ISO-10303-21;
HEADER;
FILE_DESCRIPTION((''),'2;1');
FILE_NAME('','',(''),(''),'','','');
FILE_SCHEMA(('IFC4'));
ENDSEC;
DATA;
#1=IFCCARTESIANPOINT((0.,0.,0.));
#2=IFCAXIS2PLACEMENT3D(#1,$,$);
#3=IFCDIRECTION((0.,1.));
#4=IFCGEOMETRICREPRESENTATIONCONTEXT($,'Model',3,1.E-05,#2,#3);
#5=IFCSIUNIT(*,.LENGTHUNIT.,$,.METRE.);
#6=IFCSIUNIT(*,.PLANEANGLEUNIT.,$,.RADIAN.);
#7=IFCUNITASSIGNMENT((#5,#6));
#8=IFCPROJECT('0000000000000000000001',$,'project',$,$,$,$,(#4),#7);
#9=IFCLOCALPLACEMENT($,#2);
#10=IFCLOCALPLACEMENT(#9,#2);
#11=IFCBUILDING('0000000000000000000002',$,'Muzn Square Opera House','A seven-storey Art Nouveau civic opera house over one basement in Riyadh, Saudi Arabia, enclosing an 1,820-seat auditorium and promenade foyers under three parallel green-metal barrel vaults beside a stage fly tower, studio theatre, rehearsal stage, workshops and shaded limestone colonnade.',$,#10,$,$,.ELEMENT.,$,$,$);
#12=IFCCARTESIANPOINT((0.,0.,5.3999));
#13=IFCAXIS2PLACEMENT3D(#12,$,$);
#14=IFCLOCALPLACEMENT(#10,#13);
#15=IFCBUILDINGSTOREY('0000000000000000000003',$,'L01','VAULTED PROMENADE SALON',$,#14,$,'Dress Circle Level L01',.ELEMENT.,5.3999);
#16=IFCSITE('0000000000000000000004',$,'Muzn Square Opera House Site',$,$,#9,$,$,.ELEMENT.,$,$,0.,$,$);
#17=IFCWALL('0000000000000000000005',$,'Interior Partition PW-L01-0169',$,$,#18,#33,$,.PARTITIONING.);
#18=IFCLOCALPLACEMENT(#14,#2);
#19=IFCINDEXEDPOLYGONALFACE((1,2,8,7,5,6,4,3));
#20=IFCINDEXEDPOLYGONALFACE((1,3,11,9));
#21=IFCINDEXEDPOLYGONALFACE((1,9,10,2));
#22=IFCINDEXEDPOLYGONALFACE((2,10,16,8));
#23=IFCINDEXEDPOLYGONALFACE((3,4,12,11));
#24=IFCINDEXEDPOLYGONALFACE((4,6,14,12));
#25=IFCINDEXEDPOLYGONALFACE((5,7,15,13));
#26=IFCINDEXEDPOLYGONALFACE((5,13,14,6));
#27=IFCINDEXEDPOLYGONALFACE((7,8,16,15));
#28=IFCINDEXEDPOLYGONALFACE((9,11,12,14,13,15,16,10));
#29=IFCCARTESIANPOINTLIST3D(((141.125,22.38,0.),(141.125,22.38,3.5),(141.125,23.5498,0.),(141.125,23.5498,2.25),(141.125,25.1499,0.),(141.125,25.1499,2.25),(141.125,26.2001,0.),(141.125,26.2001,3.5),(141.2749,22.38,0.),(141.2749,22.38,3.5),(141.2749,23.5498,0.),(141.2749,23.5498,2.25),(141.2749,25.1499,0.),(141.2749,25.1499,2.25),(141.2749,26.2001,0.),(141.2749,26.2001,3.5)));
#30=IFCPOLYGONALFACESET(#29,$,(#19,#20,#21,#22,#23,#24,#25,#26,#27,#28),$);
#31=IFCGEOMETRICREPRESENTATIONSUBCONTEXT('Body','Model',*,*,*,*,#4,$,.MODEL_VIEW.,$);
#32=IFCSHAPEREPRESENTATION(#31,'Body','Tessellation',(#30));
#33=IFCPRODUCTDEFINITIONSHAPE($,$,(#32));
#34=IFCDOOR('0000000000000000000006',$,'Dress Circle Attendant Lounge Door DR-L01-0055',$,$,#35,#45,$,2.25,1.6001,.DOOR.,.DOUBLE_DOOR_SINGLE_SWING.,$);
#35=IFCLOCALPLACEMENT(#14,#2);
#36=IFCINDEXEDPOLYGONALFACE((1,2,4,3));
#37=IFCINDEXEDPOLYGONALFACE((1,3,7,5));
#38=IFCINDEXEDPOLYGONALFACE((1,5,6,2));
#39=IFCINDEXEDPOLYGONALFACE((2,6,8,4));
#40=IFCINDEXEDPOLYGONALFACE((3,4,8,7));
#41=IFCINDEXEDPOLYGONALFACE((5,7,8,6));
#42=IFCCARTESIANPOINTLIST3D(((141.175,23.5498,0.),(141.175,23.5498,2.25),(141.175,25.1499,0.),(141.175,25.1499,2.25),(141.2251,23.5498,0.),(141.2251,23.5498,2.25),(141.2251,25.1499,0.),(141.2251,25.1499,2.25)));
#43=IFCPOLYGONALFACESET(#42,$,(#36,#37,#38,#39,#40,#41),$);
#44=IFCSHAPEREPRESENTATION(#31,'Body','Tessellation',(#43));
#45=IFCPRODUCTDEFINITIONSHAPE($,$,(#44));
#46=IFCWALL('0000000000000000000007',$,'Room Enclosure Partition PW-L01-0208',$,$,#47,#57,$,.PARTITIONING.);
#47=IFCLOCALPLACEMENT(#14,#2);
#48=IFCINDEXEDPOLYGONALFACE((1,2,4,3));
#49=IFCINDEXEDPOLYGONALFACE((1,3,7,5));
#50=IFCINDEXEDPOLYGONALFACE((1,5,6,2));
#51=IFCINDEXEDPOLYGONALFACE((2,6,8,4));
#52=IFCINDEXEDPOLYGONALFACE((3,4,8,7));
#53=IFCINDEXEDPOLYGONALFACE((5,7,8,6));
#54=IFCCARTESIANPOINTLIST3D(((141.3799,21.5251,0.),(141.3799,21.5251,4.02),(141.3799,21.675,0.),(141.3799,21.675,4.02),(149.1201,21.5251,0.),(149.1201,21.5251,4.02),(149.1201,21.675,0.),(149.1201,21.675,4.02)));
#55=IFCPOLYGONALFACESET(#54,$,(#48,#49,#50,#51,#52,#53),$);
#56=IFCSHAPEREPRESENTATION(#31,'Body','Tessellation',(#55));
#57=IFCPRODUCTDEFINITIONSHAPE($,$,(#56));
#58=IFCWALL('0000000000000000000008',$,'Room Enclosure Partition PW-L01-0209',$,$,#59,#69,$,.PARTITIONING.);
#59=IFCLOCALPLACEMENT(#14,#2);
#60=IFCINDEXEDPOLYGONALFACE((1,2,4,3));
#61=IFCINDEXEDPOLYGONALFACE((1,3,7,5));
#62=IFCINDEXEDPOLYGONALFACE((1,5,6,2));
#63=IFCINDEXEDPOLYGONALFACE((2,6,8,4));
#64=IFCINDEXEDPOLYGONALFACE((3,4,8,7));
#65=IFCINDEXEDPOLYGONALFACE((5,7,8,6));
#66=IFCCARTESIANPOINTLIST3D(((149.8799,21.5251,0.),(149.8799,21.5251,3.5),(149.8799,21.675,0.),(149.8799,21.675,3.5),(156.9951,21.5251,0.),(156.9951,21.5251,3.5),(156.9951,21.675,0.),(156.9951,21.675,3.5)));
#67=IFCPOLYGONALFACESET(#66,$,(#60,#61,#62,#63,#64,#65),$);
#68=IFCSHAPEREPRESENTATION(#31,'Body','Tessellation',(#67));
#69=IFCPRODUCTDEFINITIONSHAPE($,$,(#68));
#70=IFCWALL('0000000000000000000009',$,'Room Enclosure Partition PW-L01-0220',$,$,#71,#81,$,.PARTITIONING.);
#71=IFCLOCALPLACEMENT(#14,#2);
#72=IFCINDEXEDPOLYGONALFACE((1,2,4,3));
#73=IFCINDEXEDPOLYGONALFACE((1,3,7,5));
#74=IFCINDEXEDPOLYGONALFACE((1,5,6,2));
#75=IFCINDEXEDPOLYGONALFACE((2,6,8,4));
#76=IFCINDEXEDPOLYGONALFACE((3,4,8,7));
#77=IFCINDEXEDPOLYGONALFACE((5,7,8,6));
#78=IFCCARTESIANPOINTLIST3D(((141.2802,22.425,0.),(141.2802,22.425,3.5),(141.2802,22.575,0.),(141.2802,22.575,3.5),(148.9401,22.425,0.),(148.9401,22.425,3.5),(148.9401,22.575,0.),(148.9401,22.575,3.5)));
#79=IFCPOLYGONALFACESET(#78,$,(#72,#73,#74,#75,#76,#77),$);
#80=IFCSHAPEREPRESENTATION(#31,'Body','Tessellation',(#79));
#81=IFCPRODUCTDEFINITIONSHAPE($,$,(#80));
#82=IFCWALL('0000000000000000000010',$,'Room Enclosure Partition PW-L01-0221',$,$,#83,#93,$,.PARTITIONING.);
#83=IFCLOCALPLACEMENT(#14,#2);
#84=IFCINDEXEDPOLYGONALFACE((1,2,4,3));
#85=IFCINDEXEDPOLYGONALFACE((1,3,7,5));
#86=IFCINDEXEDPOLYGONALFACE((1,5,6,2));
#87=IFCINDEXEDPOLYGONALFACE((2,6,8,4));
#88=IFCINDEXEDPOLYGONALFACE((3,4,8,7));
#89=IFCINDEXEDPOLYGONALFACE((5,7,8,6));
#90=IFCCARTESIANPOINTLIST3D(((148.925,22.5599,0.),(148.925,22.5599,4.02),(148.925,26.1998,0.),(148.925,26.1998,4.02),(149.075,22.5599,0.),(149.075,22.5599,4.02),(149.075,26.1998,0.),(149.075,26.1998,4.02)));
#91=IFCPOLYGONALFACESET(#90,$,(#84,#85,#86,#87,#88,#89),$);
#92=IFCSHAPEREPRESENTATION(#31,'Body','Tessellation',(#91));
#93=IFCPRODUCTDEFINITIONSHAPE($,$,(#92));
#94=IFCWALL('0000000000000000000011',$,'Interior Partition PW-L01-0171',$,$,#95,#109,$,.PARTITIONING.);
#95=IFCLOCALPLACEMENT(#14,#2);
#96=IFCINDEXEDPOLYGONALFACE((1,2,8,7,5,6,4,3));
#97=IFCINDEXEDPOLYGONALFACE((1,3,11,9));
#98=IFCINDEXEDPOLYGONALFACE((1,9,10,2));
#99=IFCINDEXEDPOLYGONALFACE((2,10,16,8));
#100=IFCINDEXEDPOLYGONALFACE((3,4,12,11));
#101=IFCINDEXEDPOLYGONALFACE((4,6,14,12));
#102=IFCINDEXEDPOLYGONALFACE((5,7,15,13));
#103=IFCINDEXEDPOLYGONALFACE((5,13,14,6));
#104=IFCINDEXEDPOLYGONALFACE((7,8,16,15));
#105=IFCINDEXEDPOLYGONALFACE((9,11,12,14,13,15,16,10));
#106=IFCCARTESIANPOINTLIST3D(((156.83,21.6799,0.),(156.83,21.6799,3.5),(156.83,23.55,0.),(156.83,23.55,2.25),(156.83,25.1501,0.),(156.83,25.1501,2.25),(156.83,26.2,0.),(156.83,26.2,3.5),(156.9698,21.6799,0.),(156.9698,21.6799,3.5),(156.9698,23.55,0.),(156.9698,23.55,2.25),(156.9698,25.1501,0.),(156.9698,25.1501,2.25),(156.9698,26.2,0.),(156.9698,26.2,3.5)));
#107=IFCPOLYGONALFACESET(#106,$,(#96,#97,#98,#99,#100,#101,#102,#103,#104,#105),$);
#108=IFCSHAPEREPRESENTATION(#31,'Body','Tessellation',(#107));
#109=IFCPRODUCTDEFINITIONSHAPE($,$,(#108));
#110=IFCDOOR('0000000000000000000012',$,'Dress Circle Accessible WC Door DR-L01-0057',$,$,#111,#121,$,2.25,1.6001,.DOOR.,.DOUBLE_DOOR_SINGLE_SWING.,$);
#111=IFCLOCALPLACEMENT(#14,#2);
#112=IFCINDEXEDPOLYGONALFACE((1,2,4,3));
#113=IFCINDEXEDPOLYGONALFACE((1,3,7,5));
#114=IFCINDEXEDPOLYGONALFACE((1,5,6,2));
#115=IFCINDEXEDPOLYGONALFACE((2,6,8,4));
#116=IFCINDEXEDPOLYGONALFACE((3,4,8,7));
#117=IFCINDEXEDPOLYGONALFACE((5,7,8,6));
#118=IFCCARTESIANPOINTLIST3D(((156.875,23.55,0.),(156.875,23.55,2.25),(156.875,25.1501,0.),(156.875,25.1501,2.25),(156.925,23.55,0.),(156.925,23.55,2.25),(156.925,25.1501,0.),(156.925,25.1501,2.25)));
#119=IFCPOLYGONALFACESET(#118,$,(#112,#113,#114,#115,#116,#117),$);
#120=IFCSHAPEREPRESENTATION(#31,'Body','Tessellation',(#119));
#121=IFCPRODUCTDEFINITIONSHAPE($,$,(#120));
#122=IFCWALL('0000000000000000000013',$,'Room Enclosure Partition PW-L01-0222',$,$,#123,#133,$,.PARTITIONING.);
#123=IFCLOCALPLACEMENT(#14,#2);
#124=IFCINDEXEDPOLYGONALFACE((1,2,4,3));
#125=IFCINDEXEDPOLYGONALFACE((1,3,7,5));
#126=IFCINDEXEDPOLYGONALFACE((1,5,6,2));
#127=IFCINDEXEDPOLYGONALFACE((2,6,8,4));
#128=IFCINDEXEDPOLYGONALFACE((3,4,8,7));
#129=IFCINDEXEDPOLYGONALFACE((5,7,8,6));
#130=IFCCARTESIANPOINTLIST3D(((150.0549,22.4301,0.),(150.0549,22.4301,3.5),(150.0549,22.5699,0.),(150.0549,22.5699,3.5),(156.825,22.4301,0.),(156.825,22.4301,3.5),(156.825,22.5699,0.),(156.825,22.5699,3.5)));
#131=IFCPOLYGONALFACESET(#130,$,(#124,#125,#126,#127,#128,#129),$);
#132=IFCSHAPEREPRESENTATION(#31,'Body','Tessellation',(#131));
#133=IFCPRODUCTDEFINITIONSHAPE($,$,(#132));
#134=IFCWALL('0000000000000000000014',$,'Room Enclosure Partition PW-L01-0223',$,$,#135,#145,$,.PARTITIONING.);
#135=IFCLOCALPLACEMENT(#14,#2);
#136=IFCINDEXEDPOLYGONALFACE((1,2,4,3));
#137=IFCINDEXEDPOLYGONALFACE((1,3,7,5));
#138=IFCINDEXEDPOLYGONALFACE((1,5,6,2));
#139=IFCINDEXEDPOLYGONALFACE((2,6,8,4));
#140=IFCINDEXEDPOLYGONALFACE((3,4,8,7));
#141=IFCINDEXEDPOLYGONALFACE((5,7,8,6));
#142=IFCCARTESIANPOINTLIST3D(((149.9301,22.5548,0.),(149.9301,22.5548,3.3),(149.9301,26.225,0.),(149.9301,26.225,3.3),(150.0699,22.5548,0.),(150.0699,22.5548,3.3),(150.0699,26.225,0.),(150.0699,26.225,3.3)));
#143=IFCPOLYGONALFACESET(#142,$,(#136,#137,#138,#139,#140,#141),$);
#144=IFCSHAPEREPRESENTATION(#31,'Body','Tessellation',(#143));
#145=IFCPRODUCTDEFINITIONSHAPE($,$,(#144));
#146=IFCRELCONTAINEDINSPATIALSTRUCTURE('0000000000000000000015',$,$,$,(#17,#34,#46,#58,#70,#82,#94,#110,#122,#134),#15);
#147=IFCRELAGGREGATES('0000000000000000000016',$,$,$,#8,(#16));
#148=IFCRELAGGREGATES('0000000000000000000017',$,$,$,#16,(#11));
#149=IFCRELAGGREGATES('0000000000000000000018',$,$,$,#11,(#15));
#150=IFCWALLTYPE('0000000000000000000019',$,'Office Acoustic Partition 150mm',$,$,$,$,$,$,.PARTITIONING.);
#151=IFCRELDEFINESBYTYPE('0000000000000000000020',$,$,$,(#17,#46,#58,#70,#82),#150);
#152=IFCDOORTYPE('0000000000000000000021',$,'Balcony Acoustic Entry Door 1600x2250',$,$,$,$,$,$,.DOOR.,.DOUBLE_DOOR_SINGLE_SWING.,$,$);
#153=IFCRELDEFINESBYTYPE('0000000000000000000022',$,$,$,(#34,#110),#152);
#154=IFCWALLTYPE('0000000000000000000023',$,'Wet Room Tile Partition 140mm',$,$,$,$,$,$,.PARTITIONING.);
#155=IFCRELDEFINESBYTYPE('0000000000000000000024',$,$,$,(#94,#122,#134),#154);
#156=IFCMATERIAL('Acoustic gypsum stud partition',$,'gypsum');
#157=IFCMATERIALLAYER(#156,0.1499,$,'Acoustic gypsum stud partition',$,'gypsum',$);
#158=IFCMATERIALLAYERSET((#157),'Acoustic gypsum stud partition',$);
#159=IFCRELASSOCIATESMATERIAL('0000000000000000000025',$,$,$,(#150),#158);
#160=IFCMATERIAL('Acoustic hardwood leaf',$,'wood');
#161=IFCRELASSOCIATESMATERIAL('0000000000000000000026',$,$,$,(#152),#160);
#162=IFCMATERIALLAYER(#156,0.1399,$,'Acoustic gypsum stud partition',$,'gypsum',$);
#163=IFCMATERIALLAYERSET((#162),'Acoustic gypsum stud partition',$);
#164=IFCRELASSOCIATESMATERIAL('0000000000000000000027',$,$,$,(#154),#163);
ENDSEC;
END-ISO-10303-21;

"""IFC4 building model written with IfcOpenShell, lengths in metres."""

from ifc_helpers import new_model, si_unit, direction, frame, frame_2d, origin, place, context, subcontext, project, spatial, rectangle, extrude, material, layer, layer_set, type_object, element, fill, save


model = new_model("IFC4")

# Units and contexts
model_context = context("Model", 3, precision=1e-05, world=origin(), true_north=direction((0.0, 1.0)))
body_context = subcontext(model_context, "Body", "Model", "MODEL_VIEW")
ifc_project = project(units=[si_unit("LENGTHUNIT", "METRE"), si_unit("PLANEANGLEUNIT", "RADIAN")], contexts=[model_context])

# Site, building, storey
site_placement = place(None, origin())
site = spatial("IfcSite", under=ifc_project, at=site_placement, Name="Muzn Square Opera House Site", CompositionType="ELEMENT", RefElevation=0.0)
building_placement = place(site_placement, origin())
building = spatial("IfcBuilding", under=site, at=building_placement, Name="Muzn Square Opera House", Description="A seven-storey Art Nouveau civic opera house over one basement in Riyadh, Saudi Arabia, enclosing an 1,820-seat auditorium and promenade foyers under three parallel green-metal barrel vaults beside a stage fly tower, studio theatre, rehearsal stage, workshops and shaded limestone colonnade.", CompositionType="ELEMENT")
storey_placement = place(building_placement, frame((0.0, 0.0, 5.3999)))
storey = spatial("IfcBuildingStorey", under=building, at=storey_placement, Name="L01", Description="VAULTED PROMENADE SALON", LongName="Dress Circle Level L01", CompositionType="ELEMENT", Elevation=5.3999)

# Wall, opening, door
ifc_material_1 = material(Name="Acoustic gypsum stud partition", Category="gypsum")
ifc_layer_1 = layer(ifc_material_1, 0.1499, Name="Acoustic gypsum stud partition", Category="gypsum")
ifc_layer_set_1 = layer_set([ifc_layer_1], Name="Acoustic gypsum stud partition")
wall_type_1 = type_object("IfcWallType", Name="Office Acoustic Partition 150mm", PredefinedType="PARTITIONING", material=ifc_layer_set_1)
ifc_material_2 = material(Name="Acoustic hardwood leaf", Category="wood")
wall_1_placement = place(storey_placement, frame((141.2, 22.3799, 0.0), z_axis=(0.0, 0.0, 1.0), x_axis=(0.0, 1.0, 0.0)))
wall_1 = element("IfcWall", 1, at=wall_1_placement, inside=storey, type_object=wall_type_1, Name="Interior Partition PW-L01-0169", PredefinedType="PARTITIONING", context=body_context, shape_type="SweptSolid", body=[
    extrude(rectangle(XDim=3.8201, YDim=0.1499, at=frame_2d((1.9102, 0.0))), origin(), (0.0, 0.0, 1.0), 3.5),
])
opening_1_placement = place(wall_1_placement, frame((1.1699, 0.0, 0.0)))
opening_1 = element("IfcOpeningElement", 2, at=opening_1_placement, cuts=wall_1, PredefinedType="OPENING", context=body_context, shape_type="SweptSolid", body=[
    extrude(rectangle(XDim=1.6001, YDim=2.25, at=frame_2d((0.8, 1.125))), frame((0.0, 0.085, 0.0), z_axis=(0.0, -1.0, 0.0), x_axis=(1.0, 0.0, 0.0)), (0.0, 0.0, 1.0), 0.1699),
])
door_type_1 = type_object("IfcDoorType", Name="Balcony Acoustic Entry Door 1600x2250", OperationType="DOUBLE_DOOR_SINGLE_SWING", PredefinedType="DOOR", material=ifc_material_2)
door_1_placement = place(opening_1_placement, origin())
door_1 = element("IfcDoor", 3, at=door_1_placement, inside=storey, type_object=door_type_1, Name="Dress Circle Attendant Lounge Door DR-L01-0055", OperationType="DOUBLE_DOOR_SINGLE_SWING", OverallHeight=2.25, OverallWidth=1.6001, PredefinedType="DOOR", context=body_context, shape_type="SweptSolid", body=[
    extrude(rectangle(XDim=1.6001, YDim=2.25, at=frame_2d((0.8, 1.125))), frame((0.0, 0.0249, 0.0), z_axis=(0.0, -1.0, 0.0), x_axis=(1.0, 0.0, 0.0)), (0.0, 0.0, 1.0), 0.05),
])
fill(opening_1, door_1)

# Walls
wall_2_placement = place(storey_placement, frame((141.3799, 21.6001, 0.0), z_axis=(0.0, 0.0, 1.0), x_axis=(1.0, 0.0, 0.0)))
element("IfcWall", 4, at=wall_2_placement, inside=storey, type_object=wall_type_1, Name="Room Enclosure Partition PW-L01-0208", PredefinedType="PARTITIONING", context=body_context, shape_type="SweptSolid", body=[
    extrude(rectangle(XDim=7.7402, YDim=0.1499, at=frame_2d((3.8701, 0.0))), origin(), (0.0, 0.0, 1.0), 4.02),
])
wall_3_placement = place(storey_placement, frame((149.8799, 21.6001, 0.0), z_axis=(0.0, 0.0, 1.0), x_axis=(1.0, 0.0, 0.0)))
element("IfcWall", 5, at=wall_3_placement, inside=storey, type_object=wall_type_1, Name="Room Enclosure Partition PW-L01-0209", PredefinedType="PARTITIONING", context=body_context, shape_type="SweptSolid", body=[
    extrude(rectangle(XDim=7.1152, YDim=0.1499, at=frame_2d((3.5576, 0.0))), origin(), (0.0, 0.0, 1.0), 3.5),
])
wall_4_placement = place(storey_placement, frame((141.28, 22.5, 0.0), z_axis=(0.0, 0.0, 1.0), x_axis=(1.0, 0.0, 0.0)))
element("IfcWall", 6, at=wall_4_placement, inside=storey, type_object=wall_type_1, Name="Room Enclosure Partition PW-L01-0220", PredefinedType="PARTITIONING", context=body_context, shape_type="SweptSolid", body=[
    extrude(rectangle(XDim=7.6599, YDim=0.1499, at=frame_2d((3.8301, 0.0))), origin(), (0.0, 0.0, 1.0), 3.5),
])
wall_5_placement = place(storey_placement, frame((149.0, 22.5601, 0.0), z_axis=(0.0, 0.0, 1.0), x_axis=(0.0, 1.0, 0.0)))
element("IfcWall", 7, at=wall_5_placement, inside=storey, type_object=wall_type_1, Name="Room Enclosure Partition PW-L01-0221", PredefinedType="PARTITIONING", context=body_context, shape_type="SweptSolid", body=[
    extrude(rectangle(XDim=3.6399, YDim=0.1499, at=frame_2d((1.8198, 0.0))), origin(), (0.0, 0.0, 1.0), 4.02),
])

# Wall, opening, door
ifc_layer_2 = layer(ifc_material_1, 0.1399, Name="Acoustic gypsum stud partition", Category="gypsum")
ifc_layer_set_2 = layer_set([ifc_layer_2], Name="Acoustic gypsum stud partition")
wall_type_2 = type_object("IfcWallType", Name="Wet Room Tile Partition 140mm", PredefinedType="PARTITIONING", material=ifc_layer_set_2)
wall_6_placement = place(storey_placement, frame((156.8999, 21.6799, 0.0), z_axis=(0.0, 0.0, 1.0), x_axis=(0.0, 1.0, 0.0)))
wall_6 = element("IfcWall", 8, at=wall_6_placement, inside=storey, type_object=wall_type_2, Name="Interior Partition PW-L01-0171", PredefinedType="PARTITIONING", context=body_context, shape_type="SweptSolid", body=[
    extrude(rectangle(XDim=4.52, YDim=0.1399, at=frame_2d((2.26, 0.0))), origin(), (0.0, 0.0, 1.0), 3.5),
])
opening_2_placement = place(wall_6_placement, frame((1.8701, 0.0, 0.0)))
opening_2 = element("IfcOpeningElement", 9, at=opening_2_placement, cuts=wall_6, PredefinedType="OPENING", context=body_context, shape_type="SweptSolid", body=[
    extrude(rectangle(XDim=1.6001, YDim=2.25, at=frame_2d((0.8, 1.125))), frame((0.0, 0.0798, 0.0), z_axis=(0.0, -1.0, 0.0), x_axis=(1.0, 0.0, 0.0)), (0.0, 0.0, 1.0), 0.1599),
])
door_2_placement = place(opening_2_placement, origin())
door_2 = element("IfcDoor", 10, at=door_2_placement, inside=storey, type_object=door_type_1, Name="Dress Circle Accessible WC Door DR-L01-0057", OperationType="DOUBLE_DOOR_SINGLE_SWING", OverallHeight=2.25, OverallWidth=1.6001, PredefinedType="DOOR", context=body_context, shape_type="SweptSolid", body=[
    extrude(rectangle(XDim=1.6001, YDim=2.25, at=frame_2d((0.8, 1.125))), frame((0.0, 0.0249, 0.0), z_axis=(0.0, -1.0, 0.0), x_axis=(1.0, 0.0, 0.0)), (0.0, 0.0, 1.0), 0.05),
])
fill(opening_2, door_2)

# Walls
wall_7_placement = place(storey_placement, frame((150.0549, 22.5, 0.0), z_axis=(0.0, 0.0, 1.0), x_axis=(1.0, 0.0, 0.0)))
element("IfcWall", 11, at=wall_7_placement, inside=storey, type_object=wall_type_2, Name="Room Enclosure Partition PW-L01-0222", PredefinedType="PARTITIONING", context=body_context, shape_type="SweptSolid", body=[
    extrude(rectangle(XDim=6.77, YDim=0.1399, at=frame_2d((3.385, 0.0))), origin(), (0.0, 0.0, 1.0), 3.5),
])
wall_8_placement = place(storey_placement, frame((150.0, 22.5549, 0.0), z_axis=(0.0, 0.0, 1.0), x_axis=(0.0, 1.0, 0.0)))
element("IfcWall", 12, at=wall_8_placement, inside=storey, type_object=wall_type_2, Name="Room Enclosure Partition PW-L01-0223", PredefinedType="PARTITIONING", context=body_context, shape_type="SweptSolid", body=[
    extrude(rectangle(XDim=3.6702, YDim=0.1399, at=frame_2d((1.835, 0.0))), origin(), (0.0, 0.0, 1.0), 3.3),
])

save(model, "model.ifc")
